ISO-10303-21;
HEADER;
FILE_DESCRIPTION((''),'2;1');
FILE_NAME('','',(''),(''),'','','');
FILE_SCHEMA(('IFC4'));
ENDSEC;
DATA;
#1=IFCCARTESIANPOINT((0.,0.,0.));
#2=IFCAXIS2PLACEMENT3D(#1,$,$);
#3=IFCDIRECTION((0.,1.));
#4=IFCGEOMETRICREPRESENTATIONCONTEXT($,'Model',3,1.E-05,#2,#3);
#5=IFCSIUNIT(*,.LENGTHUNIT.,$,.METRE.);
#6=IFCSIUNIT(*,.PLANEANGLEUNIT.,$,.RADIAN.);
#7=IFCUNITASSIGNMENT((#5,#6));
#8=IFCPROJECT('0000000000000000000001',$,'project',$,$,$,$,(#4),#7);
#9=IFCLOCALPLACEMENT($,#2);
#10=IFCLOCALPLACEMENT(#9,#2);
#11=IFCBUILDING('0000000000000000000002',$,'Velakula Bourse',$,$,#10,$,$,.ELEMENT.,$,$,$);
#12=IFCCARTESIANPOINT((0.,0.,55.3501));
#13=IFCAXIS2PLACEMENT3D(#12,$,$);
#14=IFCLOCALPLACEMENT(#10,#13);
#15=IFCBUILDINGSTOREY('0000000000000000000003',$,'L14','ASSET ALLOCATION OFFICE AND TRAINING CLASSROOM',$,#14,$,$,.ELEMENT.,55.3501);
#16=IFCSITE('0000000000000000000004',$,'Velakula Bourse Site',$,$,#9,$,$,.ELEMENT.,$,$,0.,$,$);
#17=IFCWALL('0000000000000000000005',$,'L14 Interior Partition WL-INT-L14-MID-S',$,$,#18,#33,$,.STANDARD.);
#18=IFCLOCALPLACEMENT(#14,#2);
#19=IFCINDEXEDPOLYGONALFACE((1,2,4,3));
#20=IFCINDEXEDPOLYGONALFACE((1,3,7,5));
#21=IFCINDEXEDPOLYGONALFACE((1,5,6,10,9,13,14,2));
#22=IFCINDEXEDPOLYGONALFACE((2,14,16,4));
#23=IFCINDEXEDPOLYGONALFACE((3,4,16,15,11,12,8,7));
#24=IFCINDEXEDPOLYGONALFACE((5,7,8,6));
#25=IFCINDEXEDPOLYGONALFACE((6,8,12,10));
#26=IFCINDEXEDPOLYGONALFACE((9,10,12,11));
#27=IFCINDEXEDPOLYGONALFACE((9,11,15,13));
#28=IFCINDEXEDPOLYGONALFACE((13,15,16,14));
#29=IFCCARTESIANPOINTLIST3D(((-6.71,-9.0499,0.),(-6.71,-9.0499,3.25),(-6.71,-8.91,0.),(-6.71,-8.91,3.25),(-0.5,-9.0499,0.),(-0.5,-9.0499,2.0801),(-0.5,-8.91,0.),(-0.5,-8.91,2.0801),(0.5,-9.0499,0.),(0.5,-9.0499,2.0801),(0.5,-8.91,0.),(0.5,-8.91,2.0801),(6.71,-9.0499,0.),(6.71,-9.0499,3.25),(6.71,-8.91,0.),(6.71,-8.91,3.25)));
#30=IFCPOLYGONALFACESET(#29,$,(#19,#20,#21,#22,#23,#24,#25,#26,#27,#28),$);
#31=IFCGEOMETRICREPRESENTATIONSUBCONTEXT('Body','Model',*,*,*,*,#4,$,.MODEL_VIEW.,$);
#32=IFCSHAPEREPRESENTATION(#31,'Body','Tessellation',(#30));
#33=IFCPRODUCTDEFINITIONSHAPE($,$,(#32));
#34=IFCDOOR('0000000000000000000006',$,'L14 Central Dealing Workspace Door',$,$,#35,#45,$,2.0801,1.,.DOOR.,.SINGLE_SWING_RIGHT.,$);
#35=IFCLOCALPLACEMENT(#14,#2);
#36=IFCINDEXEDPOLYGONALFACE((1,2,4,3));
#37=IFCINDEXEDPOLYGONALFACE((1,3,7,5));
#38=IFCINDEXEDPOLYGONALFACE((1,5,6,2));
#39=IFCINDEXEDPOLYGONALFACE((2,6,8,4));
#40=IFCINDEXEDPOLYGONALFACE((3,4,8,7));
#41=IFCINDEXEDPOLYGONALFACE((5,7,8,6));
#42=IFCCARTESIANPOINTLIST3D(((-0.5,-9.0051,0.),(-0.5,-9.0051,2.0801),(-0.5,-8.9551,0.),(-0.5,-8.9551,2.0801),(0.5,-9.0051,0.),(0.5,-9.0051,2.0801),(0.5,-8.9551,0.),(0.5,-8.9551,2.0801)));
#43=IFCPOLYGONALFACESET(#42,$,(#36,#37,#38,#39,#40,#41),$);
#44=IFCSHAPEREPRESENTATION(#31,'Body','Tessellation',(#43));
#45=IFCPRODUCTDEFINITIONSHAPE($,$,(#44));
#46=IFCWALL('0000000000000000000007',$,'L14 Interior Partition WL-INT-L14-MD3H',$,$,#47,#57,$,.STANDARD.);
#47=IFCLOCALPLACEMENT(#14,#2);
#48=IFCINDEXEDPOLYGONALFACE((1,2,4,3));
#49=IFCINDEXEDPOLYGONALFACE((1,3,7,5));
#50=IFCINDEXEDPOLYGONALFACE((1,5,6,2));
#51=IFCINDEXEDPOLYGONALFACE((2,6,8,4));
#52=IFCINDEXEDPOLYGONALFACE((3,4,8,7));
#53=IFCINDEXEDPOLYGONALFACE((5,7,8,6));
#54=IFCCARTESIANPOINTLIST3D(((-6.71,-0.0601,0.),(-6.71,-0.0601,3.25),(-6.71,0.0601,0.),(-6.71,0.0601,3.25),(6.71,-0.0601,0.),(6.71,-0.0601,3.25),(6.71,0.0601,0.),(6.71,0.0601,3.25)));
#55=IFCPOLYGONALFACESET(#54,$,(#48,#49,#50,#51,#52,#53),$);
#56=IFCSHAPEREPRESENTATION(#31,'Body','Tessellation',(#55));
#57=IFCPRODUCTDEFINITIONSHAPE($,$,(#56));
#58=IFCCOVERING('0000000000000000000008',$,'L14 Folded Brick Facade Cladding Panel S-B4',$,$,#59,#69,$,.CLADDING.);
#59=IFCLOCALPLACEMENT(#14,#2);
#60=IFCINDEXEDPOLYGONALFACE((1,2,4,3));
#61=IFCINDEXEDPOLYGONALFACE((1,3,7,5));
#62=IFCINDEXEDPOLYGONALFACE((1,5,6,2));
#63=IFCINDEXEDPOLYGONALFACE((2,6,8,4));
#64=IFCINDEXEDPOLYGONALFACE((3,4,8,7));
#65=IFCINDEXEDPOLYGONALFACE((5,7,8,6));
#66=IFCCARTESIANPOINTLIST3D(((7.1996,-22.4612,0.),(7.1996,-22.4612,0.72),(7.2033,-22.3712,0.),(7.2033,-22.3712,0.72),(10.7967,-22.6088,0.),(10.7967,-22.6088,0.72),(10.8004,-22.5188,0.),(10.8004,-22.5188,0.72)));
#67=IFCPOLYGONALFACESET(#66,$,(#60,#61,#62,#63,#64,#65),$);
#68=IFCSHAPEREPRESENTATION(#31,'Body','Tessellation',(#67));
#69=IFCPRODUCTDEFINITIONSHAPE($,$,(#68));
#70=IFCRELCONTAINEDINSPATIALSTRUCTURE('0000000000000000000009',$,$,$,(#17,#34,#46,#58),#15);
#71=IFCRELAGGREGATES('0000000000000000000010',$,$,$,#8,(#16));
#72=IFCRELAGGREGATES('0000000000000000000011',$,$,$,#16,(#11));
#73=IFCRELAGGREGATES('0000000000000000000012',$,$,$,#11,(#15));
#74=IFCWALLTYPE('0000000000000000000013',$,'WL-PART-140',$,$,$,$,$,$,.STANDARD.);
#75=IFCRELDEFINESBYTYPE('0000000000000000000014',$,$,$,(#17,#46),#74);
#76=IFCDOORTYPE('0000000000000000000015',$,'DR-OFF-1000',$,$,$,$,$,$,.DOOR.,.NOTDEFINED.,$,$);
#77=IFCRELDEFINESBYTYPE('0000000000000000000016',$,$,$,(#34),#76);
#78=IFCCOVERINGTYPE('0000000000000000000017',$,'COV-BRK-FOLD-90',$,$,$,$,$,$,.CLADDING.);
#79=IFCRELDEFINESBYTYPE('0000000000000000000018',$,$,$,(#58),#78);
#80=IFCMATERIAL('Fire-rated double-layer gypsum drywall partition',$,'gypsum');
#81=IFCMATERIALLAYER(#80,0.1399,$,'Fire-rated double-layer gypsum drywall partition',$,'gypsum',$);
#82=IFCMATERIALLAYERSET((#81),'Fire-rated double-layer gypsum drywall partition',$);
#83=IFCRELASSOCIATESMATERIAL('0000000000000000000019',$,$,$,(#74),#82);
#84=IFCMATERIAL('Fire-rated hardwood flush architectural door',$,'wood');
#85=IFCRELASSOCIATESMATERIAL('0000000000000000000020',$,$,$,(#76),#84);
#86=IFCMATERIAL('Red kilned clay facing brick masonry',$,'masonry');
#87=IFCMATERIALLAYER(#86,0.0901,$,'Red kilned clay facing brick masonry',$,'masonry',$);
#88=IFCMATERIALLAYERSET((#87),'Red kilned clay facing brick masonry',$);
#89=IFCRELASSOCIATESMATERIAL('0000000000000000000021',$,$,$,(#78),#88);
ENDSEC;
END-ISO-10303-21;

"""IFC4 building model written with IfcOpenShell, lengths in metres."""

from ifc_helpers import new_model, si_unit, direction, frame, frame_2d, origin, origin_2d, place, context, subcontext, project, spatial, rectangle, extrude, material, layer, layer_set, type_object, element, fill, save


model = new_model("IFC4")

# Units and contexts
model_context = context("Model", 3, precision=1e-05, world=origin(), true_north=direction((0.0, 1.0)))
body_context = subcontext(model_context, "Body", "Model", "MODEL_VIEW")
ifc_project = project(units=[si_unit("LENGTHUNIT", "METRE"), si_unit("PLANEANGLEUNIT", "RADIAN")], contexts=[model_context])

# Site, building, storey
site_placement = place(None, origin())
site = spatial("IfcSite", under=ifc_project, at=site_placement, Name="Velakula Bourse Site", CompositionType="ELEMENT", RefElevation=0.0)
building_placement = place(site_placement, origin())
building = spatial("IfcBuilding", under=site, at=building_placement, Name="Velakula Bourse", CompositionType="ELEMENT")
storey_placement = place(building_placement, frame((0.0, 0.0, 55.3501)))
storey = spatial("IfcBuildingStorey", under=building, at=storey_placement, Name="L14", Description="ASSET ALLOCATION OFFICE AND TRAINING CLASSROOM", CompositionType="ELEMENT", Elevation=55.3501)

# Shared definitions
ifc_material_1 = material(Name="Red kilned clay facing brick masonry", Category="masonry")

# Shared definitions
ifc_material_2 = material(Name="Fire-rated double-layer gypsum drywall partition", Category="gypsum")
ifc_layer_1 = layer(ifc_material_2, 0.1399, Name="Fire-rated double-layer gypsum drywall partition", Category="gypsum")
ifc_layer_set_1 = layer_set([ifc_layer_1], Name="Fire-rated double-layer gypsum drywall partition")
wall_type_1 = type_object("IfcWallType", Name="WL-PART-140", PredefinedType="STANDARD", material=ifc_layer_set_1)

# Wall, opening, door
wall_1_placement = place(storey_placement, frame((-6.71, -8.98, 0.0), z_axis=(0.0, 0.0, 1.0), x_axis=(1.0, 0.0, 0.0)))
wall_1 = element("IfcWall", 1, at=wall_1_placement, inside=storey, type_object=wall_type_1, Name="L14 Interior Partition WL-INT-L14-MID-S", PredefinedType="STANDARD", context=body_context, shape_type="SweptSolid", body=[
    extrude(rectangle(XDim=13.4199, YDim=0.1399, at=frame_2d((6.71, 0.0))), origin(), (0.0, 0.0, 1.0), 3.25),
])
opening_1_placement = place(wall_1_placement, frame((6.21, 0.0, 0.0)))
opening_1 = element("IfcOpeningElement", 2, at=opening_1_placement, cuts=wall_1, PredefinedType="OPENING", context=body_context, shape_type="SweptSolid", body=[
    extrude(rectangle(XDim=1.0, YDim=2.0801, at=frame_2d((0.5, 1.04))), frame((0.0, 0.0798, 0.0), z_axis=(0.0, -1.0, 0.0), x_axis=(1.0, 0.0, 0.0)), (0.0, 0.0, 1.0), 0.1599),
])
ifc_material_3 = material(Name="Fire-rated hardwood flush architectural door", Category="wood")
door_type = type_object("IfcDoorType", Name="DR-OFF-1000", OperationType="NOTDEFINED", PredefinedType="DOOR", material=ifc_material_3)
door_placement = place(opening_1_placement, origin())
door = element("IfcDoor", 3, at=door_placement, inside=storey, type_object=door_type, Name="L14 Central Dealing Workspace Door", OperationType="SINGLE_SWING_RIGHT", OverallHeight=2.0801, OverallWidth=1.0, PredefinedType="DOOR", context=body_context, shape_type="SweptSolid", body=[
    extrude(rectangle(XDim=1.0, YDim=2.0801, at=frame_2d((0.5, 1.04))), frame((0.0, 0.0249, 0.0), z_axis=(0.0, -1.0, 0.0), x_axis=(1.0, 0.0, 0.0)), (0.0, 0.0, 1.0), 0.05),
])
fill(opening_1, door)

# Wall
wall_2_placement = place(storey_placement, frame((-6.71, 0.0, 0.0), z_axis=(0.0, 0.0, 1.0), x_axis=(1.0, 0.0, 0.0)))
element("IfcWall", 4, at=wall_2_placement, inside=storey, type_object=wall_type_1, Name="L14 Interior Partition WL-INT-L14-MD3H", PredefinedType="STANDARD", context=body_context, shape_type="SweptSolid", body=[
    extrude(rectangle(XDim=13.4199, YDim=0.1201, at=frame_2d((6.71, 0.0))), origin(), (0.0, 0.0, 1.0), 3.25),
])

# Covering
ifc_layer_2 = layer(ifc_material_1, 0.0901, Name="Red kilned clay facing brick masonry", Category="masonry")
ifc_layer_set_2 = layer_set([ifc_layer_2], Name="Red kilned clay facing brick masonry")
covering_type = type_object("IfcCoveringType", Name="COV-BRK-FOLD-90", PredefinedType="CLADDING", material=ifc_layer_set_2)
covering_placement = place(storey_placement, frame((9.0, -22.49, 0.0), z_axis=(0.0, 0.0, 1.0), x_axis=(0.999159, -0.041004, 0.0)))
element("IfcCovering", 5, at=covering_placement, inside=storey, type_object=covering_type, Name="L14 Folded Brick Facade Cladding Panel S-B4", PredefinedType="CLADDING", context=body_context, shape_type="SweptSolid", body=[
    extrude(rectangle(XDim=3.6001, YDim=0.0901, at=origin_2d()), origin(), (0.0, 0.0, 1.0), 0.72),
])

save(model, "model.ifc")
